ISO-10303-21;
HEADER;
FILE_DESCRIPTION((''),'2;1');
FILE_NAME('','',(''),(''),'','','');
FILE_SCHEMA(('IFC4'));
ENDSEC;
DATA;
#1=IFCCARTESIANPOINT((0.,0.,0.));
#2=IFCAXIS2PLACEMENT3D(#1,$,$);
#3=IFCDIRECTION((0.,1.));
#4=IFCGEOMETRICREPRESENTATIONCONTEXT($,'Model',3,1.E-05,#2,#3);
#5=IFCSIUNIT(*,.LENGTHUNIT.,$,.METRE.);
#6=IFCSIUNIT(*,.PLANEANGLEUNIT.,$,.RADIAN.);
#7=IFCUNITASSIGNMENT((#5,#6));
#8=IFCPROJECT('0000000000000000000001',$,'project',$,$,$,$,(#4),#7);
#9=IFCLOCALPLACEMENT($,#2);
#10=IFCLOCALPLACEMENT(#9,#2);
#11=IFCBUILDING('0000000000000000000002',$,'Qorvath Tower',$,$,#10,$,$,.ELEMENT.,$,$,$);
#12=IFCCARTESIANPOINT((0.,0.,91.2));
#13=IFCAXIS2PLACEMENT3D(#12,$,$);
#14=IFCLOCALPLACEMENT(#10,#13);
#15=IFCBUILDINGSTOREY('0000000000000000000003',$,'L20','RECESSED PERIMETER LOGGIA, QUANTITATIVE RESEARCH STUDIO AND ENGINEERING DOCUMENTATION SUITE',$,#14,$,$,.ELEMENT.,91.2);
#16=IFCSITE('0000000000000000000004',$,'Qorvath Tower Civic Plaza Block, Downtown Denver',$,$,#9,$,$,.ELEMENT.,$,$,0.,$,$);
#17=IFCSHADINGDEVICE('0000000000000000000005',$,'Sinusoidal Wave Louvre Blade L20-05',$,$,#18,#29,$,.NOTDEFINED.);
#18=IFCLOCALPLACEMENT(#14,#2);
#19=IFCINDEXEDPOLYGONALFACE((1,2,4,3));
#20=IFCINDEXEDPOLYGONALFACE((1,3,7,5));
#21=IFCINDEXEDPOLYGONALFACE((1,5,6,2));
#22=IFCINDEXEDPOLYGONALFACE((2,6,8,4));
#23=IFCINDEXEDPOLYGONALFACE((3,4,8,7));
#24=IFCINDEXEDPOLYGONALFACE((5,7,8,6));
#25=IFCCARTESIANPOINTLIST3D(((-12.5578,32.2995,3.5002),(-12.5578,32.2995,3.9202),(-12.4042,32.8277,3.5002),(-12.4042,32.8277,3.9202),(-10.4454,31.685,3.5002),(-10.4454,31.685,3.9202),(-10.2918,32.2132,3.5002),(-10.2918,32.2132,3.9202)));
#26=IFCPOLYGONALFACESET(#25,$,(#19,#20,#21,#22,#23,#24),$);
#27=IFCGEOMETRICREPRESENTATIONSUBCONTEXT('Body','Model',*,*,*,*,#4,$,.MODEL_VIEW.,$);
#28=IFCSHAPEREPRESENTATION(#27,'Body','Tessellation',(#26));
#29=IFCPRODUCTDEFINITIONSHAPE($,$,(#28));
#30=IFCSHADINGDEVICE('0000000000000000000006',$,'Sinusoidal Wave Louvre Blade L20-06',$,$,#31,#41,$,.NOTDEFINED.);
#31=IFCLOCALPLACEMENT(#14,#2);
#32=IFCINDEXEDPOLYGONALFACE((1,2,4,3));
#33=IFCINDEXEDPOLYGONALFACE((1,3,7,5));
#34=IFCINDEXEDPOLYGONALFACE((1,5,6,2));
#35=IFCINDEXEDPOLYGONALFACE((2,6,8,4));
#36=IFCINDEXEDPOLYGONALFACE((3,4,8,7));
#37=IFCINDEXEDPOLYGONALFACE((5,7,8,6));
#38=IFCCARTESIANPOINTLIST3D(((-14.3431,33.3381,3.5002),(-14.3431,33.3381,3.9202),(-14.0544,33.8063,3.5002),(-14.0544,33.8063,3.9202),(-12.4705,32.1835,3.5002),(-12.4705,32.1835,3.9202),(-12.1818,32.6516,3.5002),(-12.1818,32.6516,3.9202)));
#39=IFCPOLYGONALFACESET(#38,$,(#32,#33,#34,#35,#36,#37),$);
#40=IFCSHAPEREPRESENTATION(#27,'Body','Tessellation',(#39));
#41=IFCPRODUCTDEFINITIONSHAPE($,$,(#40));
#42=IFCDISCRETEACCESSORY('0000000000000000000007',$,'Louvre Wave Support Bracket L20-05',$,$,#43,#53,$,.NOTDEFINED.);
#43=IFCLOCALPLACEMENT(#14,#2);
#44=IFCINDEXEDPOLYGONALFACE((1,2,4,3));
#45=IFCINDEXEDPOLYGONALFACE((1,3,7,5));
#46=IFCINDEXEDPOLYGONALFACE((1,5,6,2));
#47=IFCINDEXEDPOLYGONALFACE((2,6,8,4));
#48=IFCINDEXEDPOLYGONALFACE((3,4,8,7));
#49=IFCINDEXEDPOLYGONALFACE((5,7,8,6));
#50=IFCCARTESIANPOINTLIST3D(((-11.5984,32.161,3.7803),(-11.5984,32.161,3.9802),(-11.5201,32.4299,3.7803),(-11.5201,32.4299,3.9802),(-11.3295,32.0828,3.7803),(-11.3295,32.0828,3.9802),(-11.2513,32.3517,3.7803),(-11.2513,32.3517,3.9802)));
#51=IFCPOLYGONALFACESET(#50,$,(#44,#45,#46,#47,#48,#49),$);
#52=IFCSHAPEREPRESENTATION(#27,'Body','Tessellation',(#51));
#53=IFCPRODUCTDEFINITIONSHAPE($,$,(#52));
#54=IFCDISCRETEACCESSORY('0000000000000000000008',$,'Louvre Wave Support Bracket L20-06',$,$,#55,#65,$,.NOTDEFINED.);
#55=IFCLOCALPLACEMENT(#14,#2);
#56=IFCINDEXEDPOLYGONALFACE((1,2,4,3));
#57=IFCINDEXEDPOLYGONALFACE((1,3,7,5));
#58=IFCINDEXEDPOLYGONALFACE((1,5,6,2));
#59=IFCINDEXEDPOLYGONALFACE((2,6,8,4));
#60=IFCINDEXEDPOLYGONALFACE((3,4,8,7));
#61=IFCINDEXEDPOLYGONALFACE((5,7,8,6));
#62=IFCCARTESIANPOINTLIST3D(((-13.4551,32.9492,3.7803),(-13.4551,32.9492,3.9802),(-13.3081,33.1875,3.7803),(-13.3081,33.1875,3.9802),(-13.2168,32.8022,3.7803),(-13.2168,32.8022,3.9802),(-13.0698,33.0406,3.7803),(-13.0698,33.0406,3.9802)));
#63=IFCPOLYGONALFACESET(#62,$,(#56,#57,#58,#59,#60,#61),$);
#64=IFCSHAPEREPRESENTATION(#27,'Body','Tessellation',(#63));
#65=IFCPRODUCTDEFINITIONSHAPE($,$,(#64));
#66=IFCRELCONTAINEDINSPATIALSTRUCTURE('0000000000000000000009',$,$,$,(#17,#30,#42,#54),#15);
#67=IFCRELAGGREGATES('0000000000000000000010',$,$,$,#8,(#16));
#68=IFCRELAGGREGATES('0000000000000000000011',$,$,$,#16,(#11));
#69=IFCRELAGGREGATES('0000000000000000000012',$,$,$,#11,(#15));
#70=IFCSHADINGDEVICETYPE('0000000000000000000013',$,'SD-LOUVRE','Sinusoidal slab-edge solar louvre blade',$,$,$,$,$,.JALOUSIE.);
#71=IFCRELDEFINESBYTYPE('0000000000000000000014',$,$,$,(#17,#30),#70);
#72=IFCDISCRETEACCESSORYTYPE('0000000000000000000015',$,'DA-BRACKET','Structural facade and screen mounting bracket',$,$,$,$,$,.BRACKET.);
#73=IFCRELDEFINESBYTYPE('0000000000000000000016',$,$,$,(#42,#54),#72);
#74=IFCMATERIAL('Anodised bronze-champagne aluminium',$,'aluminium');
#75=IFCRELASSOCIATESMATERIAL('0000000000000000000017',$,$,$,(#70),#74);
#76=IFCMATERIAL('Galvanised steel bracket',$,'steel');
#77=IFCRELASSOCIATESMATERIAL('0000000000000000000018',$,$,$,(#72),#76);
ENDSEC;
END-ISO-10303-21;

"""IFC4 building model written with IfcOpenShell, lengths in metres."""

from ifc_helpers import new_model, si_unit, direction, frame, origin, origin_2d, place, context, subcontext, project, spatial, rectangle, extrude, material, type_object, element, save


model = new_model("IFC4")

# Units and contexts
model_context = context("Model", 3, precision=1e-05, world=origin(), true_north=direction((0.0, 1.0)))
body_context = subcontext(model_context, "Body", "Model", "MODEL_VIEW")
ifc_project = project(units=[si_unit("LENGTHUNIT", "METRE"), si_unit("PLANEANGLEUNIT", "RADIAN")], contexts=[model_context])

# Site, building, storey
site_placement = place(None, origin())
site = spatial("IfcSite", under=ifc_project, at=site_placement, Name="Qorvath Tower Civic Plaza Block, Downtown Denver", CompositionType="ELEMENT", RefElevation=0.0)
building_placement = place(site_placement, origin())
building = spatial("IfcBuilding", under=site, at=building_placement, Name="Qorvath Tower", CompositionType="ELEMENT")
storey_placement = place(building_placement, frame((0.0, 0.0, 91.2)))
storey = spatial("IfcBuildingStorey", under=building, at=storey_placement, Name="L20", Description="RECESSED PERIMETER LOGGIA, QUANTITATIVE RESEARCH STUDIO AND ENGINEERING DOCUMENTATION SUITE", CompositionType="ELEMENT", Elevation=91.2)

# Shading devices
ifc_material_1 = material(Name="Anodised bronze-champagne aluminium", Category="aluminium")
shading_device_type = type_object("IfcShadingDeviceType", Name="SD-LOUVRE", Description="Sinusoidal slab-edge solar louvre blade", PredefinedType="JALOUSIE", material=ifc_material_1)
for number, where, z_axis, x_axis, name in (
    (1, (-11.4248, 32.2563, 3.5002), (0.0, 0.0, 1.0), (-0.960193, 0.279338, 0.0), "Sinusoidal Wave Louvre Blade L20-05"),
    (2, (-13.2625, 32.9949, 3.5002), (0.0, 0.0, 1.0), (-0.851194, 0.524851, 0.0), "Sinusoidal Wave Louvre Blade L20-06"),
):
    element("IfcShadingDevice", number, at=place(storey_placement, frame(where, z_axis=z_axis, x_axis=x_axis)), inside=storey, type_object=shading_device_type, Name=name, PredefinedType="NOTDEFINED", context=body_context, shape_type="SweptSolid", body=[
        extrude(rectangle(XDim=2.2, YDim=0.55, at=origin_2d()), origin(), (0.0, 0.0, 1.0), 0.4199),
    ])

# Discrete accessories
ifc_material_2 = material(Name="Galvanised steel bracket", Category="steel")
discrete_accessory_type = type_object("IfcDiscreteAccessoryType", Name="DA-BRACKET", Description="Structural facade and screen mounting bracket", PredefinedType="BRACKET", material=ifc_material_2)
for number, where, z_axis, x_axis, name in (
    (3, (-11.4248, 32.2563, 3.7803), (0.0, 0.0, 1.0), (-0.960193, 0.279338, 0.0), "Louvre Wave Support Bracket L20-05"),
    (4, (-13.2625, 32.9949, 3.7803), (0.0, 0.0, 1.0), (-0.851194, 0.524851, 0.0), "Louvre Wave Support Bracket L20-06"),
):
    element("IfcDiscreteAccessory", number, at=place(storey_placement, frame(where, z_axis=z_axis, x_axis=x_axis)), inside=storey, type_object=discrete_accessory_type, Name=name, PredefinedType="NOTDEFINED", context=body_context, shape_type="SweptSolid", body=[
        extrude(rectangle(XDim=0.28, YDim=0.28, at=origin_2d()), origin(), (0.0, 0.0, 1.0), 0.2),
    ])

save(model, "model.ifc")
